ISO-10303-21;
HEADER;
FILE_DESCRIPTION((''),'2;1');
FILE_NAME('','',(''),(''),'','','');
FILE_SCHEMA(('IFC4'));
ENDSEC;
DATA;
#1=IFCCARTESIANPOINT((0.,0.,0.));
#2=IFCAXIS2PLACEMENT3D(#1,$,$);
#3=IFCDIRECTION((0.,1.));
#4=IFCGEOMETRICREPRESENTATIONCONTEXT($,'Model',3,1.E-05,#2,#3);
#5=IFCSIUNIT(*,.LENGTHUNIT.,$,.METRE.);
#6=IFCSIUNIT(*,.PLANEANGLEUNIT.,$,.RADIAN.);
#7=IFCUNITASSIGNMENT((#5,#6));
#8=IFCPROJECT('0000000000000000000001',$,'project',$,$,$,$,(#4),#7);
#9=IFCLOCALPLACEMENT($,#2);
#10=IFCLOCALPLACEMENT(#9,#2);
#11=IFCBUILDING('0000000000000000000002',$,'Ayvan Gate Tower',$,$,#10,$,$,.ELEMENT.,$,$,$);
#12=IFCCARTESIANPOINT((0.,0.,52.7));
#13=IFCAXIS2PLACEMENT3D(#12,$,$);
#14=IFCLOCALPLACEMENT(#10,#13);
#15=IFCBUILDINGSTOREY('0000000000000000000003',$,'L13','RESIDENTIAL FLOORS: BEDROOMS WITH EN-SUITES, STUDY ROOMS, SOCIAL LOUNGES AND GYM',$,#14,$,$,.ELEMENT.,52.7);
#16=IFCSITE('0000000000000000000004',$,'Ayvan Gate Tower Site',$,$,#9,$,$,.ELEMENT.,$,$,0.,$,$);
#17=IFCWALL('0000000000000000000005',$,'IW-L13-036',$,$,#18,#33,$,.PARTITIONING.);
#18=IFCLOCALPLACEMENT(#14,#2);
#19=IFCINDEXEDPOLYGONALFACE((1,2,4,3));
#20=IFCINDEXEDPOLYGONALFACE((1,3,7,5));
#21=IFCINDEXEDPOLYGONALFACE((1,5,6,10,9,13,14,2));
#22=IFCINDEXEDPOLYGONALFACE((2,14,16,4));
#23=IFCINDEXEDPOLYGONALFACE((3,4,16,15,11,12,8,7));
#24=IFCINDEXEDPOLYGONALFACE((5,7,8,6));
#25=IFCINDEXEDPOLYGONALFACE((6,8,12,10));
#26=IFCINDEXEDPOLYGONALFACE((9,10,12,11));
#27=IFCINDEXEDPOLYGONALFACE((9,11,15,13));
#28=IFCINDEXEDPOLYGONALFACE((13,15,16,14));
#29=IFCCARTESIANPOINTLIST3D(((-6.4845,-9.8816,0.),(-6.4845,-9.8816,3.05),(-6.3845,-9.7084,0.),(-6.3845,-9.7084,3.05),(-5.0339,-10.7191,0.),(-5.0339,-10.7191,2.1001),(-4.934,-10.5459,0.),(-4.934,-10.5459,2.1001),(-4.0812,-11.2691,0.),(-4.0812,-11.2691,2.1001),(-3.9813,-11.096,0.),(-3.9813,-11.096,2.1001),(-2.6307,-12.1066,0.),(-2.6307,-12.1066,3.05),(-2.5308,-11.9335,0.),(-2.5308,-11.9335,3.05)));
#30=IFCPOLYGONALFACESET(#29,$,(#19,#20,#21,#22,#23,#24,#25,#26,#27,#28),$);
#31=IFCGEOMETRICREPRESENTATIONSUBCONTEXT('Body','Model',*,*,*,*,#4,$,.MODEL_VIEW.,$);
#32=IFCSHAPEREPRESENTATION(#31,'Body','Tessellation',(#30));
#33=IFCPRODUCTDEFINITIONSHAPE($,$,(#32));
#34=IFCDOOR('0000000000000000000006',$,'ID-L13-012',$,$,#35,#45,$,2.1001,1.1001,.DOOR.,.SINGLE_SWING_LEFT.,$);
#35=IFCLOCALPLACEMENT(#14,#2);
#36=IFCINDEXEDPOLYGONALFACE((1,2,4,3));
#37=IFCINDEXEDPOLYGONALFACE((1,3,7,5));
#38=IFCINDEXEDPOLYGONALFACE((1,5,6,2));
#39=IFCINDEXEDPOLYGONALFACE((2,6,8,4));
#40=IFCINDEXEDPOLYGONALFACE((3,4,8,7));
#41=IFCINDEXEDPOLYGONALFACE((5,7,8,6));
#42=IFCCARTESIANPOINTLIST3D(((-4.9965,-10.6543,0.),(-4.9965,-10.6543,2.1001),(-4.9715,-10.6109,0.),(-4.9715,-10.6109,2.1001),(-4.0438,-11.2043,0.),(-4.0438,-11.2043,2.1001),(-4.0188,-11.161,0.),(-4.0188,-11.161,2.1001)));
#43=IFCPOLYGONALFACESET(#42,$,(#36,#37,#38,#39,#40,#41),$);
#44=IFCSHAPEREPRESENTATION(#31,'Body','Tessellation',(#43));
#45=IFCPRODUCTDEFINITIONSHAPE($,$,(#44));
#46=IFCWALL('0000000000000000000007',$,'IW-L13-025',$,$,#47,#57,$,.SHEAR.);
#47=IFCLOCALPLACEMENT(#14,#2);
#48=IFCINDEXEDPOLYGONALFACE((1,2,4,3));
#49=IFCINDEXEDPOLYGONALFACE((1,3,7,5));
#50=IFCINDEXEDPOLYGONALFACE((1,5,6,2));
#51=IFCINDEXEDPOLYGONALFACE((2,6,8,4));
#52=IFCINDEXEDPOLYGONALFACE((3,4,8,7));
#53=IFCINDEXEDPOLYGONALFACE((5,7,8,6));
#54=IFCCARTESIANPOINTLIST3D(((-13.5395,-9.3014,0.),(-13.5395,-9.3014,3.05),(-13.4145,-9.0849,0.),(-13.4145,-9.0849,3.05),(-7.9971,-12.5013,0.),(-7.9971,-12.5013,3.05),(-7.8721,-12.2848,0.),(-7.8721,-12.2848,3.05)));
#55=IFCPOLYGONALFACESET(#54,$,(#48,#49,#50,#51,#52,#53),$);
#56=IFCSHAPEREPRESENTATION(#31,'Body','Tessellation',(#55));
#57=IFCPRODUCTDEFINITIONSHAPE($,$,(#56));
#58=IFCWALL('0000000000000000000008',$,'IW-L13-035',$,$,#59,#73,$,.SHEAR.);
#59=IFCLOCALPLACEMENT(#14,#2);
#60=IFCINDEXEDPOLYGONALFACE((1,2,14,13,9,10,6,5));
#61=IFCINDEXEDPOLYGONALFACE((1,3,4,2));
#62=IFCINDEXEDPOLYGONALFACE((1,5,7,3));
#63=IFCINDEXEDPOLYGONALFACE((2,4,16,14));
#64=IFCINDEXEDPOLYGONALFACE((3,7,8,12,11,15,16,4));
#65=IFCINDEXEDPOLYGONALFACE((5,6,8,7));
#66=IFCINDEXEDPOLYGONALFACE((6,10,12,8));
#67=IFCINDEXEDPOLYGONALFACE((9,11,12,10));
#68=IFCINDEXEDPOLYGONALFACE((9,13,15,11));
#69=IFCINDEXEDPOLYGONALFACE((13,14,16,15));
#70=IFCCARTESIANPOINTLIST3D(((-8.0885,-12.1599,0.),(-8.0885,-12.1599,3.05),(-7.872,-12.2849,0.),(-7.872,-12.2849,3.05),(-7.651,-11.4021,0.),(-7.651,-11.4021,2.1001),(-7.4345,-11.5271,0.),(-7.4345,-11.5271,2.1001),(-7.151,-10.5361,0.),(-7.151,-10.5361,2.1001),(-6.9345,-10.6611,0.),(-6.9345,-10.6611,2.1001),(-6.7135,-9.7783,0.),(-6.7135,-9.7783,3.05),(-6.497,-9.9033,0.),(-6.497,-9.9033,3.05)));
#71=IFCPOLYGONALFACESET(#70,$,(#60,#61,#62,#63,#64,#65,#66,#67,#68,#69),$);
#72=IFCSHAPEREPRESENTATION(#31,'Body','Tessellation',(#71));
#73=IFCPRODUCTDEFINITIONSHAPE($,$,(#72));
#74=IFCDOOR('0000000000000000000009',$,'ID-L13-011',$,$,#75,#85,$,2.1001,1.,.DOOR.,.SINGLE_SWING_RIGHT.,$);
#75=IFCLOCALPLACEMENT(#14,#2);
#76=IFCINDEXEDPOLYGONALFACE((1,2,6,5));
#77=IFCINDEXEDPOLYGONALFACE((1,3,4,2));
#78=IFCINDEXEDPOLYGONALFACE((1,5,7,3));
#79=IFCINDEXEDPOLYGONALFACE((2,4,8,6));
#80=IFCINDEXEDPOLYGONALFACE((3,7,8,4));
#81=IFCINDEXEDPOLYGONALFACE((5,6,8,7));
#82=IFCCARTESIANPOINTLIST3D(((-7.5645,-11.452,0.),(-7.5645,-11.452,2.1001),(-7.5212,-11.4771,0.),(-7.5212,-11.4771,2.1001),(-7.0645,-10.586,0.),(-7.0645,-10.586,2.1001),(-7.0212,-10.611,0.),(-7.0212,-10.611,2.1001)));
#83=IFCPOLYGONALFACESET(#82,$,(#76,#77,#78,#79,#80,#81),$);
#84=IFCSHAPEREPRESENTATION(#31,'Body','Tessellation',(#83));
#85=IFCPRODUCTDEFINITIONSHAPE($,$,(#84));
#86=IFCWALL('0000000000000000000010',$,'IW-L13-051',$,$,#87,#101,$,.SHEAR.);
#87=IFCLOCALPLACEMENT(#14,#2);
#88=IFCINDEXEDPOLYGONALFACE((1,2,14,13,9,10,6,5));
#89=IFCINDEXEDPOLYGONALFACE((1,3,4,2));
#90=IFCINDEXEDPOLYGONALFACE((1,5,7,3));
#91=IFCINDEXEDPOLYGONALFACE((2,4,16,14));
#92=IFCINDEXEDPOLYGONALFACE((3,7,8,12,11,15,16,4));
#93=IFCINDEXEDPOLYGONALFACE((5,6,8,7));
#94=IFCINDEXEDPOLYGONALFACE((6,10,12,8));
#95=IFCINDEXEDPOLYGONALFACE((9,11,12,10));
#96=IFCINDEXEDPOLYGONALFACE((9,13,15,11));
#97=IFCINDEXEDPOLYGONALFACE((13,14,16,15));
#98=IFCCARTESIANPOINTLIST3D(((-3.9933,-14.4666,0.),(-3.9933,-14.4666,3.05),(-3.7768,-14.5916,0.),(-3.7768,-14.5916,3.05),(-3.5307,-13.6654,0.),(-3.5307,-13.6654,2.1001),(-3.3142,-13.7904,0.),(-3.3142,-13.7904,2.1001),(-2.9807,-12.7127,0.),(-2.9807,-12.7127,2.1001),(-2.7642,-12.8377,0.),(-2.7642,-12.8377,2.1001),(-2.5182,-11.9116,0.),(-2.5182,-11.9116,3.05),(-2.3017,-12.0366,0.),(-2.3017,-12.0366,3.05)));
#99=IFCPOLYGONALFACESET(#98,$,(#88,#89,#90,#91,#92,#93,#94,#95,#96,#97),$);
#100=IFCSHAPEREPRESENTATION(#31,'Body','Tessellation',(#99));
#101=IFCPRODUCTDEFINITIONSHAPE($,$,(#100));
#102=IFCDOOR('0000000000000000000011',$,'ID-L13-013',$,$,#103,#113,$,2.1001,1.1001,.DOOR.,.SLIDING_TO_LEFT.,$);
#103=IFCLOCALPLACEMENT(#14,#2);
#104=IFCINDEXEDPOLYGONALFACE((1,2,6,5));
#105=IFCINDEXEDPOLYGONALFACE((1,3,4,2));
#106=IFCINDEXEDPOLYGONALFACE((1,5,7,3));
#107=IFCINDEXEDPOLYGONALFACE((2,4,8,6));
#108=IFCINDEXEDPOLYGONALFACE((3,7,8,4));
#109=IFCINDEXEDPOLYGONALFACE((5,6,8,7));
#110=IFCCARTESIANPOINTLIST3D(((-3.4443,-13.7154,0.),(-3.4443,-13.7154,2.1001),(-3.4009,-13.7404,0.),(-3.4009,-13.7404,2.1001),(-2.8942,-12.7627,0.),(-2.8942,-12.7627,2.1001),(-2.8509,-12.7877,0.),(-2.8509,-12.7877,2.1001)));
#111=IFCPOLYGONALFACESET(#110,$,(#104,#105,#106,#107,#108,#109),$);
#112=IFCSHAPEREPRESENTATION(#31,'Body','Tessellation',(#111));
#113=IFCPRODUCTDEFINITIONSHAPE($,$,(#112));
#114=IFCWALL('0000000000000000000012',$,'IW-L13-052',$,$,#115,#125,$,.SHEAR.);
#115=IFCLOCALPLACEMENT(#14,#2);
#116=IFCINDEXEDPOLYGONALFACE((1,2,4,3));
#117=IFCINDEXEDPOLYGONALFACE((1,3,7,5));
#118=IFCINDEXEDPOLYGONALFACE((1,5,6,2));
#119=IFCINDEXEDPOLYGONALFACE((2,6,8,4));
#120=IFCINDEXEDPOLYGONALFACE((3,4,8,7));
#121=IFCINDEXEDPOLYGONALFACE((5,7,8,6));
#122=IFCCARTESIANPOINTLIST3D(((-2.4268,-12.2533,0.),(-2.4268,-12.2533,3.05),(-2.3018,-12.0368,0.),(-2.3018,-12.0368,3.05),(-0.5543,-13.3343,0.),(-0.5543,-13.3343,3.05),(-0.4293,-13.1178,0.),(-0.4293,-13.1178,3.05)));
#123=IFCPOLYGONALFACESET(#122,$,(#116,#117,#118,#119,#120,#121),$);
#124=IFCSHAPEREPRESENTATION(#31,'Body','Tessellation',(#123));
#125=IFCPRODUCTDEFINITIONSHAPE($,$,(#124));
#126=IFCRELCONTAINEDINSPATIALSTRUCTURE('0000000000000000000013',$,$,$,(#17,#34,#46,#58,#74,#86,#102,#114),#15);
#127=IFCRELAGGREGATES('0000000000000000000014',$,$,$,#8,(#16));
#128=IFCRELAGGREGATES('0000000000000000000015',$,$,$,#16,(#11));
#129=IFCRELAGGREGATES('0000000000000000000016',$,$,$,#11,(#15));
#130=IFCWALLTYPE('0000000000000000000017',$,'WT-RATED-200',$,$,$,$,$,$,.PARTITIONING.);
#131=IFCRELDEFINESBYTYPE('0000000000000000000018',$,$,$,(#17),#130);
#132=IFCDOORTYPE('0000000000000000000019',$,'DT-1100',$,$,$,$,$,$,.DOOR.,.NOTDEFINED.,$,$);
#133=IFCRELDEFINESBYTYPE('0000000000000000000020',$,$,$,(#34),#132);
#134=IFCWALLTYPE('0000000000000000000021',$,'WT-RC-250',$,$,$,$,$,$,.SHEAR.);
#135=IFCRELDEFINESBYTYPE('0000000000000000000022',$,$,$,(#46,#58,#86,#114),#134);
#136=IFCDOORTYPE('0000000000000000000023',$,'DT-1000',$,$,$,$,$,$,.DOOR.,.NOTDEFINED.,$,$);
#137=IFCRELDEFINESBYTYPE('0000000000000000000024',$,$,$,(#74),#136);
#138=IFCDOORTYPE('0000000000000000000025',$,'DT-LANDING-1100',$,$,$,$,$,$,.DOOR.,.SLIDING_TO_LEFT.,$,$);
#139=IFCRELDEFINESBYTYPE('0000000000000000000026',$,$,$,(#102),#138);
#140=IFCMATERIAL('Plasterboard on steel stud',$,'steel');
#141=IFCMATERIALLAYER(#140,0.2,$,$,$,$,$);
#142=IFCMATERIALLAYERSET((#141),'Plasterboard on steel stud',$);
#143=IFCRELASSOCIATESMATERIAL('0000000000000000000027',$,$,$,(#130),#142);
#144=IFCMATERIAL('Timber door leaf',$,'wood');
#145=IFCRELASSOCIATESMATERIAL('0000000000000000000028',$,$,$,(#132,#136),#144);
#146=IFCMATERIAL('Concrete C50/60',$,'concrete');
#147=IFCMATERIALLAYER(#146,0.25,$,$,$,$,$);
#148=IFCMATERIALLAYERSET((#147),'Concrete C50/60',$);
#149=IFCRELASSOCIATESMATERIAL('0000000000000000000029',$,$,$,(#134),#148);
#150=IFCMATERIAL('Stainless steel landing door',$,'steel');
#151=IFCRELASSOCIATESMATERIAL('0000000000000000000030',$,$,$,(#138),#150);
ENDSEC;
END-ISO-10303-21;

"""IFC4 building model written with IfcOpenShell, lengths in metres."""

from ifc_helpers import new_model, si_unit, direction, frame, frame_2d, origin, place, context, subcontext, project, spatial, rectangle, extrude, material, layer, layer_set, type_object, element, fill, save


model = new_model("IFC4")

# Units and contexts
model_context = context("Model", 3, precision=1e-05, world=origin(), true_north=direction((0.0, 1.0)))
body_context = subcontext(model_context, "Body", "Model", "MODEL_VIEW")
ifc_project = project(units=[si_unit("LENGTHUNIT", "METRE"), si_unit("PLANEANGLEUNIT", "RADIAN")], contexts=[model_context])

# Site, building, storey
site_placement = place(None, origin())
site = spatial("IfcSite", under=ifc_project, at=site_placement, Name="Ayvan Gate Tower Site", CompositionType="ELEMENT", RefElevation=0.0)
building_placement = place(site_placement, origin())
building = spatial("IfcBuilding", under=site, at=building_placement, Name="Ayvan Gate Tower", CompositionType="ELEMENT")
storey_placement = place(building_placement, frame((0.0, 0.0, 52.7)))
storey = spatial("IfcBuildingStorey", under=building, at=storey_placement, Name="L13", Description="RESIDENTIAL FLOORS: BEDROOMS WITH EN-SUITES, STUDY ROOMS, SOCIAL LOUNGES AND GYM", CompositionType="ELEMENT", Elevation=52.7)

# Wall, opening, door
ifc_material_1 = material(Name="Plasterboard on steel stud", Category="steel")
ifc_layer_1 = layer(ifc_material_1, 0.2)
ifc_layer_set_1 = layer_set([ifc_layer_1], Name="Plasterboard on steel stud")
wall_type_1 = type_object("IfcWallType", Name="WT-RATED-200", PredefinedType="PARTITIONING", material=ifc_layer_set_1)
wall_1_placement = place(storey_placement, frame((-6.4346, -9.7949, 0.0), z_axis=(0.0, 0.0, 1.0), x_axis=(0.866013, -0.500022, 0.0)))
wall_1 = element("IfcWall", 1, at=wall_1_placement, inside=storey, type_object=wall_type_1, Name="IW-L13-036", PredefinedType="PARTITIONING", context=body_context, shape_type="SweptSolid", body=[
    extrude(rectangle(XDim=4.45, YDim=0.2, at=frame_2d((2.2251, 0.0))), origin(), (0.0, 0.0, 1.0), 3.05),
])
opening_1_placement = place(wall_1_placement, frame((1.675, 0.0, 0.0)))
opening_1 = element("IfcOpeningElement", 2, at=opening_1_placement, cuts=wall_1, PredefinedType="OPENING", context=body_context, shape_type="SweptSolid", body=[
    extrude(rectangle(XDim=1.1001, YDim=2.1001, at=frame_2d((0.55, 1.05))), frame((0.0, 0.1099, 0.0), z_axis=(0.0, -1.0, 0.0), x_axis=(1.0, 0.0, 0.0)), (0.0, 0.0, 1.0), 0.22),
])
ifc_material_2 = material(Name="Timber door leaf", Category="wood")
door_type_1 = type_object("IfcDoorType", Name="DT-1100", OperationType="NOTDEFINED", PredefinedType="DOOR", material=ifc_material_2)
door_1_placement = place(opening_1_placement, origin())
door_1 = element("IfcDoor", 3, at=door_1_placement, inside=storey, type_object=door_type_1, Name="ID-L13-012", OperationType="SINGLE_SWING_LEFT", OverallHeight=2.1001, OverallWidth=1.1001, PredefinedType="DOOR", context=body_context, shape_type="SweptSolid", body=[
    extrude(rectangle(XDim=1.1001, YDim=2.1001, at=frame_2d((0.55, 1.05))), frame((0.0, 0.0249, 0.0), z_axis=(0.0, -1.0, 0.0), x_axis=(1.0, 0.0, 0.0)), (0.0, 0.0, 1.0), 0.05),
])
fill(opening_1, door_1)

# Wall
ifc_material_3 = material(Name="Concrete C50/60", Category="concrete")
ifc_layer_2 = layer(ifc_material_3, 0.25)
ifc_layer_set_2 = layer_set([ifc_layer_2], Name="Concrete C50/60")
wall_type_2 = type_object("IfcWallType", Name="WT-RC-250", PredefinedType="SHEAR", material=ifc_layer_set_2)
wall_2_placement = place(storey_placement, frame((-7.9346, -12.3931, 0.0), z_axis=(0.0, 0.0, 1.0), x_axis=(-0.866025, 0.5, 0.0)))
element("IfcWall", 4, at=wall_2_placement, inside=storey, type_object=wall_type_2, Name="IW-L13-025", PredefinedType="SHEAR", context=body_context, shape_type="SweptSolid", body=[
    extrude(rectangle(XDim=6.3999, YDim=0.25, at=frame_2d((3.2, 0.0))), origin(), (0.0, 0.0, 1.0), 3.05),
])

# Walls, openings, doors
wall_3_placement = place(storey_placement, frame((-6.6052, -9.8408, 0.0), z_axis=(0.0, 0.0, 1.0), x_axis=(-0.499997, -0.866027, 0.0)))
wall_3 = element("IfcWall", 5, at=wall_3_placement, inside=storey, type_object=wall_type_2, Name="IW-L13-035", PredefinedType="SHEAR", context=body_context, shape_type="SweptSolid", body=[
    extrude(rectangle(XDim=2.75, YDim=0.25, at=frame_2d((1.375, 0.0))), origin(), (0.0, 0.0, 1.0), 3.05),
])
opening_2_placement = place(wall_3_placement, frame((0.875, 0.0, 0.0)))
opening_2 = element("IfcOpeningElement", 6, at=opening_2_placement, cuts=wall_3, PredefinedType="OPENING", context=body_context, shape_type="SweptSolid", body=[
    extrude(rectangle(XDim=1.0, YDim=2.1001, at=frame_2d((0.5, 1.05))), frame((0.0, 0.135, 0.0), z_axis=(0.0, -1.0, 0.0), x_axis=(1.0, 0.0, 0.0)), (0.0, 0.0, 1.0), 0.27),
])
door_type_2 = type_object("IfcDoorType", Name="DT-1000", OperationType="NOTDEFINED", PredefinedType="DOOR", material=ifc_material_2)
door_2_placement = place(opening_2_placement, origin())
door_2 = element("IfcDoor", 7, at=door_2_placement, inside=storey, type_object=door_type_2, Name="ID-L13-011", OperationType="SINGLE_SWING_RIGHT", OverallHeight=2.1001, OverallWidth=1.0, PredefinedType="DOOR", context=body_context, shape_type="SweptSolid", body=[
    extrude(rectangle(XDim=1.0, YDim=2.1001, at=frame_2d((0.5, 1.05))), frame((0.0, 0.0249, 0.0), z_axis=(0.0, -1.0, 0.0), x_axis=(1.0, 0.0, 0.0)), (0.0, 0.0, 1.0), 0.05),
])
fill(opening_2, door_2)
wall_4_placement = place(storey_placement, frame((-2.4099, -11.9741, 0.0), z_axis=(0.0, 0.0, 1.0), x_axis=(-0.500002, -0.866024, 0.0)))
wall_4 = element("IfcWall", 8, at=wall_4_placement, inside=storey, type_object=wall_type_2, Name="IW-L13-051", PredefinedType="SHEAR", context=body_context, shape_type="SweptSolid", body=[
    extrude(rectangle(XDim=2.9502, YDim=0.25, at=frame_2d((1.4751, 0.0))), origin(), (0.0, 0.0, 1.0), 3.05),
])
opening_3_placement = place(wall_4_placement, frame((0.925, 0.0, 0.0)))
opening_3 = element("IfcOpeningElement", 9, at=opening_3_placement, cuts=wall_4, PredefinedType="OPENING", context=body_context, shape_type="SweptSolid", body=[
    extrude(rectangle(XDim=1.1001, YDim=2.1001, at=frame_2d((0.55, 1.05))), frame((0.0, 0.135, 0.0), z_axis=(0.0, -1.0, 0.0), x_axis=(1.0, 0.0, 0.0)), (0.0, 0.0, 1.0), 0.27),
])
ifc_material_4 = material(Name="Stainless steel landing door", Category="steel")
door_type_3 = type_object("IfcDoorType", Name="DT-LANDING-1100", OperationType="SLIDING_TO_LEFT", PredefinedType="DOOR", material=ifc_material_4)
door_3_placement = place(opening_3_placement, origin())
door_3 = element("IfcDoor", 10, at=door_3_placement, inside=storey, type_object=door_type_3, Name="ID-L13-013", OperationType="SLIDING_TO_LEFT", OverallHeight=2.1001, OverallWidth=1.1001, PredefinedType="DOOR", context=body_context, shape_type="SweptSolid", body=[
    extrude(rectangle(XDim=1.1001, YDim=2.1001, at=frame_2d((0.55, 1.05))), frame((0.0, 0.0249, 0.0), z_axis=(0.0, -1.0, 0.0), x_axis=(1.0, 0.0, 0.0)), (0.0, 0.0, 1.0), 0.05),
])
fill(opening_3, door_3)

# Wall
wall_5_placement = place(storey_placement, frame((-2.3643, -12.145, 0.0), z_axis=(0.0, 0.0, 1.0), x_axis=(0.866039, -0.499977, 0.0)))
element("IfcWall", 11, at=wall_5_placement, inside=storey, type_object=wall_type_2, Name="IW-L13-052", PredefinedType="SHEAR", context=body_context, shape_type="SweptSolid", body=[
    extrude(rectangle(XDim=2.1621, YDim=0.25, at=frame_2d((1.0811, 0.0))), origin(), (0.0, 0.0, 1.0), 3.05),
])

save(model, "model.ifc")
